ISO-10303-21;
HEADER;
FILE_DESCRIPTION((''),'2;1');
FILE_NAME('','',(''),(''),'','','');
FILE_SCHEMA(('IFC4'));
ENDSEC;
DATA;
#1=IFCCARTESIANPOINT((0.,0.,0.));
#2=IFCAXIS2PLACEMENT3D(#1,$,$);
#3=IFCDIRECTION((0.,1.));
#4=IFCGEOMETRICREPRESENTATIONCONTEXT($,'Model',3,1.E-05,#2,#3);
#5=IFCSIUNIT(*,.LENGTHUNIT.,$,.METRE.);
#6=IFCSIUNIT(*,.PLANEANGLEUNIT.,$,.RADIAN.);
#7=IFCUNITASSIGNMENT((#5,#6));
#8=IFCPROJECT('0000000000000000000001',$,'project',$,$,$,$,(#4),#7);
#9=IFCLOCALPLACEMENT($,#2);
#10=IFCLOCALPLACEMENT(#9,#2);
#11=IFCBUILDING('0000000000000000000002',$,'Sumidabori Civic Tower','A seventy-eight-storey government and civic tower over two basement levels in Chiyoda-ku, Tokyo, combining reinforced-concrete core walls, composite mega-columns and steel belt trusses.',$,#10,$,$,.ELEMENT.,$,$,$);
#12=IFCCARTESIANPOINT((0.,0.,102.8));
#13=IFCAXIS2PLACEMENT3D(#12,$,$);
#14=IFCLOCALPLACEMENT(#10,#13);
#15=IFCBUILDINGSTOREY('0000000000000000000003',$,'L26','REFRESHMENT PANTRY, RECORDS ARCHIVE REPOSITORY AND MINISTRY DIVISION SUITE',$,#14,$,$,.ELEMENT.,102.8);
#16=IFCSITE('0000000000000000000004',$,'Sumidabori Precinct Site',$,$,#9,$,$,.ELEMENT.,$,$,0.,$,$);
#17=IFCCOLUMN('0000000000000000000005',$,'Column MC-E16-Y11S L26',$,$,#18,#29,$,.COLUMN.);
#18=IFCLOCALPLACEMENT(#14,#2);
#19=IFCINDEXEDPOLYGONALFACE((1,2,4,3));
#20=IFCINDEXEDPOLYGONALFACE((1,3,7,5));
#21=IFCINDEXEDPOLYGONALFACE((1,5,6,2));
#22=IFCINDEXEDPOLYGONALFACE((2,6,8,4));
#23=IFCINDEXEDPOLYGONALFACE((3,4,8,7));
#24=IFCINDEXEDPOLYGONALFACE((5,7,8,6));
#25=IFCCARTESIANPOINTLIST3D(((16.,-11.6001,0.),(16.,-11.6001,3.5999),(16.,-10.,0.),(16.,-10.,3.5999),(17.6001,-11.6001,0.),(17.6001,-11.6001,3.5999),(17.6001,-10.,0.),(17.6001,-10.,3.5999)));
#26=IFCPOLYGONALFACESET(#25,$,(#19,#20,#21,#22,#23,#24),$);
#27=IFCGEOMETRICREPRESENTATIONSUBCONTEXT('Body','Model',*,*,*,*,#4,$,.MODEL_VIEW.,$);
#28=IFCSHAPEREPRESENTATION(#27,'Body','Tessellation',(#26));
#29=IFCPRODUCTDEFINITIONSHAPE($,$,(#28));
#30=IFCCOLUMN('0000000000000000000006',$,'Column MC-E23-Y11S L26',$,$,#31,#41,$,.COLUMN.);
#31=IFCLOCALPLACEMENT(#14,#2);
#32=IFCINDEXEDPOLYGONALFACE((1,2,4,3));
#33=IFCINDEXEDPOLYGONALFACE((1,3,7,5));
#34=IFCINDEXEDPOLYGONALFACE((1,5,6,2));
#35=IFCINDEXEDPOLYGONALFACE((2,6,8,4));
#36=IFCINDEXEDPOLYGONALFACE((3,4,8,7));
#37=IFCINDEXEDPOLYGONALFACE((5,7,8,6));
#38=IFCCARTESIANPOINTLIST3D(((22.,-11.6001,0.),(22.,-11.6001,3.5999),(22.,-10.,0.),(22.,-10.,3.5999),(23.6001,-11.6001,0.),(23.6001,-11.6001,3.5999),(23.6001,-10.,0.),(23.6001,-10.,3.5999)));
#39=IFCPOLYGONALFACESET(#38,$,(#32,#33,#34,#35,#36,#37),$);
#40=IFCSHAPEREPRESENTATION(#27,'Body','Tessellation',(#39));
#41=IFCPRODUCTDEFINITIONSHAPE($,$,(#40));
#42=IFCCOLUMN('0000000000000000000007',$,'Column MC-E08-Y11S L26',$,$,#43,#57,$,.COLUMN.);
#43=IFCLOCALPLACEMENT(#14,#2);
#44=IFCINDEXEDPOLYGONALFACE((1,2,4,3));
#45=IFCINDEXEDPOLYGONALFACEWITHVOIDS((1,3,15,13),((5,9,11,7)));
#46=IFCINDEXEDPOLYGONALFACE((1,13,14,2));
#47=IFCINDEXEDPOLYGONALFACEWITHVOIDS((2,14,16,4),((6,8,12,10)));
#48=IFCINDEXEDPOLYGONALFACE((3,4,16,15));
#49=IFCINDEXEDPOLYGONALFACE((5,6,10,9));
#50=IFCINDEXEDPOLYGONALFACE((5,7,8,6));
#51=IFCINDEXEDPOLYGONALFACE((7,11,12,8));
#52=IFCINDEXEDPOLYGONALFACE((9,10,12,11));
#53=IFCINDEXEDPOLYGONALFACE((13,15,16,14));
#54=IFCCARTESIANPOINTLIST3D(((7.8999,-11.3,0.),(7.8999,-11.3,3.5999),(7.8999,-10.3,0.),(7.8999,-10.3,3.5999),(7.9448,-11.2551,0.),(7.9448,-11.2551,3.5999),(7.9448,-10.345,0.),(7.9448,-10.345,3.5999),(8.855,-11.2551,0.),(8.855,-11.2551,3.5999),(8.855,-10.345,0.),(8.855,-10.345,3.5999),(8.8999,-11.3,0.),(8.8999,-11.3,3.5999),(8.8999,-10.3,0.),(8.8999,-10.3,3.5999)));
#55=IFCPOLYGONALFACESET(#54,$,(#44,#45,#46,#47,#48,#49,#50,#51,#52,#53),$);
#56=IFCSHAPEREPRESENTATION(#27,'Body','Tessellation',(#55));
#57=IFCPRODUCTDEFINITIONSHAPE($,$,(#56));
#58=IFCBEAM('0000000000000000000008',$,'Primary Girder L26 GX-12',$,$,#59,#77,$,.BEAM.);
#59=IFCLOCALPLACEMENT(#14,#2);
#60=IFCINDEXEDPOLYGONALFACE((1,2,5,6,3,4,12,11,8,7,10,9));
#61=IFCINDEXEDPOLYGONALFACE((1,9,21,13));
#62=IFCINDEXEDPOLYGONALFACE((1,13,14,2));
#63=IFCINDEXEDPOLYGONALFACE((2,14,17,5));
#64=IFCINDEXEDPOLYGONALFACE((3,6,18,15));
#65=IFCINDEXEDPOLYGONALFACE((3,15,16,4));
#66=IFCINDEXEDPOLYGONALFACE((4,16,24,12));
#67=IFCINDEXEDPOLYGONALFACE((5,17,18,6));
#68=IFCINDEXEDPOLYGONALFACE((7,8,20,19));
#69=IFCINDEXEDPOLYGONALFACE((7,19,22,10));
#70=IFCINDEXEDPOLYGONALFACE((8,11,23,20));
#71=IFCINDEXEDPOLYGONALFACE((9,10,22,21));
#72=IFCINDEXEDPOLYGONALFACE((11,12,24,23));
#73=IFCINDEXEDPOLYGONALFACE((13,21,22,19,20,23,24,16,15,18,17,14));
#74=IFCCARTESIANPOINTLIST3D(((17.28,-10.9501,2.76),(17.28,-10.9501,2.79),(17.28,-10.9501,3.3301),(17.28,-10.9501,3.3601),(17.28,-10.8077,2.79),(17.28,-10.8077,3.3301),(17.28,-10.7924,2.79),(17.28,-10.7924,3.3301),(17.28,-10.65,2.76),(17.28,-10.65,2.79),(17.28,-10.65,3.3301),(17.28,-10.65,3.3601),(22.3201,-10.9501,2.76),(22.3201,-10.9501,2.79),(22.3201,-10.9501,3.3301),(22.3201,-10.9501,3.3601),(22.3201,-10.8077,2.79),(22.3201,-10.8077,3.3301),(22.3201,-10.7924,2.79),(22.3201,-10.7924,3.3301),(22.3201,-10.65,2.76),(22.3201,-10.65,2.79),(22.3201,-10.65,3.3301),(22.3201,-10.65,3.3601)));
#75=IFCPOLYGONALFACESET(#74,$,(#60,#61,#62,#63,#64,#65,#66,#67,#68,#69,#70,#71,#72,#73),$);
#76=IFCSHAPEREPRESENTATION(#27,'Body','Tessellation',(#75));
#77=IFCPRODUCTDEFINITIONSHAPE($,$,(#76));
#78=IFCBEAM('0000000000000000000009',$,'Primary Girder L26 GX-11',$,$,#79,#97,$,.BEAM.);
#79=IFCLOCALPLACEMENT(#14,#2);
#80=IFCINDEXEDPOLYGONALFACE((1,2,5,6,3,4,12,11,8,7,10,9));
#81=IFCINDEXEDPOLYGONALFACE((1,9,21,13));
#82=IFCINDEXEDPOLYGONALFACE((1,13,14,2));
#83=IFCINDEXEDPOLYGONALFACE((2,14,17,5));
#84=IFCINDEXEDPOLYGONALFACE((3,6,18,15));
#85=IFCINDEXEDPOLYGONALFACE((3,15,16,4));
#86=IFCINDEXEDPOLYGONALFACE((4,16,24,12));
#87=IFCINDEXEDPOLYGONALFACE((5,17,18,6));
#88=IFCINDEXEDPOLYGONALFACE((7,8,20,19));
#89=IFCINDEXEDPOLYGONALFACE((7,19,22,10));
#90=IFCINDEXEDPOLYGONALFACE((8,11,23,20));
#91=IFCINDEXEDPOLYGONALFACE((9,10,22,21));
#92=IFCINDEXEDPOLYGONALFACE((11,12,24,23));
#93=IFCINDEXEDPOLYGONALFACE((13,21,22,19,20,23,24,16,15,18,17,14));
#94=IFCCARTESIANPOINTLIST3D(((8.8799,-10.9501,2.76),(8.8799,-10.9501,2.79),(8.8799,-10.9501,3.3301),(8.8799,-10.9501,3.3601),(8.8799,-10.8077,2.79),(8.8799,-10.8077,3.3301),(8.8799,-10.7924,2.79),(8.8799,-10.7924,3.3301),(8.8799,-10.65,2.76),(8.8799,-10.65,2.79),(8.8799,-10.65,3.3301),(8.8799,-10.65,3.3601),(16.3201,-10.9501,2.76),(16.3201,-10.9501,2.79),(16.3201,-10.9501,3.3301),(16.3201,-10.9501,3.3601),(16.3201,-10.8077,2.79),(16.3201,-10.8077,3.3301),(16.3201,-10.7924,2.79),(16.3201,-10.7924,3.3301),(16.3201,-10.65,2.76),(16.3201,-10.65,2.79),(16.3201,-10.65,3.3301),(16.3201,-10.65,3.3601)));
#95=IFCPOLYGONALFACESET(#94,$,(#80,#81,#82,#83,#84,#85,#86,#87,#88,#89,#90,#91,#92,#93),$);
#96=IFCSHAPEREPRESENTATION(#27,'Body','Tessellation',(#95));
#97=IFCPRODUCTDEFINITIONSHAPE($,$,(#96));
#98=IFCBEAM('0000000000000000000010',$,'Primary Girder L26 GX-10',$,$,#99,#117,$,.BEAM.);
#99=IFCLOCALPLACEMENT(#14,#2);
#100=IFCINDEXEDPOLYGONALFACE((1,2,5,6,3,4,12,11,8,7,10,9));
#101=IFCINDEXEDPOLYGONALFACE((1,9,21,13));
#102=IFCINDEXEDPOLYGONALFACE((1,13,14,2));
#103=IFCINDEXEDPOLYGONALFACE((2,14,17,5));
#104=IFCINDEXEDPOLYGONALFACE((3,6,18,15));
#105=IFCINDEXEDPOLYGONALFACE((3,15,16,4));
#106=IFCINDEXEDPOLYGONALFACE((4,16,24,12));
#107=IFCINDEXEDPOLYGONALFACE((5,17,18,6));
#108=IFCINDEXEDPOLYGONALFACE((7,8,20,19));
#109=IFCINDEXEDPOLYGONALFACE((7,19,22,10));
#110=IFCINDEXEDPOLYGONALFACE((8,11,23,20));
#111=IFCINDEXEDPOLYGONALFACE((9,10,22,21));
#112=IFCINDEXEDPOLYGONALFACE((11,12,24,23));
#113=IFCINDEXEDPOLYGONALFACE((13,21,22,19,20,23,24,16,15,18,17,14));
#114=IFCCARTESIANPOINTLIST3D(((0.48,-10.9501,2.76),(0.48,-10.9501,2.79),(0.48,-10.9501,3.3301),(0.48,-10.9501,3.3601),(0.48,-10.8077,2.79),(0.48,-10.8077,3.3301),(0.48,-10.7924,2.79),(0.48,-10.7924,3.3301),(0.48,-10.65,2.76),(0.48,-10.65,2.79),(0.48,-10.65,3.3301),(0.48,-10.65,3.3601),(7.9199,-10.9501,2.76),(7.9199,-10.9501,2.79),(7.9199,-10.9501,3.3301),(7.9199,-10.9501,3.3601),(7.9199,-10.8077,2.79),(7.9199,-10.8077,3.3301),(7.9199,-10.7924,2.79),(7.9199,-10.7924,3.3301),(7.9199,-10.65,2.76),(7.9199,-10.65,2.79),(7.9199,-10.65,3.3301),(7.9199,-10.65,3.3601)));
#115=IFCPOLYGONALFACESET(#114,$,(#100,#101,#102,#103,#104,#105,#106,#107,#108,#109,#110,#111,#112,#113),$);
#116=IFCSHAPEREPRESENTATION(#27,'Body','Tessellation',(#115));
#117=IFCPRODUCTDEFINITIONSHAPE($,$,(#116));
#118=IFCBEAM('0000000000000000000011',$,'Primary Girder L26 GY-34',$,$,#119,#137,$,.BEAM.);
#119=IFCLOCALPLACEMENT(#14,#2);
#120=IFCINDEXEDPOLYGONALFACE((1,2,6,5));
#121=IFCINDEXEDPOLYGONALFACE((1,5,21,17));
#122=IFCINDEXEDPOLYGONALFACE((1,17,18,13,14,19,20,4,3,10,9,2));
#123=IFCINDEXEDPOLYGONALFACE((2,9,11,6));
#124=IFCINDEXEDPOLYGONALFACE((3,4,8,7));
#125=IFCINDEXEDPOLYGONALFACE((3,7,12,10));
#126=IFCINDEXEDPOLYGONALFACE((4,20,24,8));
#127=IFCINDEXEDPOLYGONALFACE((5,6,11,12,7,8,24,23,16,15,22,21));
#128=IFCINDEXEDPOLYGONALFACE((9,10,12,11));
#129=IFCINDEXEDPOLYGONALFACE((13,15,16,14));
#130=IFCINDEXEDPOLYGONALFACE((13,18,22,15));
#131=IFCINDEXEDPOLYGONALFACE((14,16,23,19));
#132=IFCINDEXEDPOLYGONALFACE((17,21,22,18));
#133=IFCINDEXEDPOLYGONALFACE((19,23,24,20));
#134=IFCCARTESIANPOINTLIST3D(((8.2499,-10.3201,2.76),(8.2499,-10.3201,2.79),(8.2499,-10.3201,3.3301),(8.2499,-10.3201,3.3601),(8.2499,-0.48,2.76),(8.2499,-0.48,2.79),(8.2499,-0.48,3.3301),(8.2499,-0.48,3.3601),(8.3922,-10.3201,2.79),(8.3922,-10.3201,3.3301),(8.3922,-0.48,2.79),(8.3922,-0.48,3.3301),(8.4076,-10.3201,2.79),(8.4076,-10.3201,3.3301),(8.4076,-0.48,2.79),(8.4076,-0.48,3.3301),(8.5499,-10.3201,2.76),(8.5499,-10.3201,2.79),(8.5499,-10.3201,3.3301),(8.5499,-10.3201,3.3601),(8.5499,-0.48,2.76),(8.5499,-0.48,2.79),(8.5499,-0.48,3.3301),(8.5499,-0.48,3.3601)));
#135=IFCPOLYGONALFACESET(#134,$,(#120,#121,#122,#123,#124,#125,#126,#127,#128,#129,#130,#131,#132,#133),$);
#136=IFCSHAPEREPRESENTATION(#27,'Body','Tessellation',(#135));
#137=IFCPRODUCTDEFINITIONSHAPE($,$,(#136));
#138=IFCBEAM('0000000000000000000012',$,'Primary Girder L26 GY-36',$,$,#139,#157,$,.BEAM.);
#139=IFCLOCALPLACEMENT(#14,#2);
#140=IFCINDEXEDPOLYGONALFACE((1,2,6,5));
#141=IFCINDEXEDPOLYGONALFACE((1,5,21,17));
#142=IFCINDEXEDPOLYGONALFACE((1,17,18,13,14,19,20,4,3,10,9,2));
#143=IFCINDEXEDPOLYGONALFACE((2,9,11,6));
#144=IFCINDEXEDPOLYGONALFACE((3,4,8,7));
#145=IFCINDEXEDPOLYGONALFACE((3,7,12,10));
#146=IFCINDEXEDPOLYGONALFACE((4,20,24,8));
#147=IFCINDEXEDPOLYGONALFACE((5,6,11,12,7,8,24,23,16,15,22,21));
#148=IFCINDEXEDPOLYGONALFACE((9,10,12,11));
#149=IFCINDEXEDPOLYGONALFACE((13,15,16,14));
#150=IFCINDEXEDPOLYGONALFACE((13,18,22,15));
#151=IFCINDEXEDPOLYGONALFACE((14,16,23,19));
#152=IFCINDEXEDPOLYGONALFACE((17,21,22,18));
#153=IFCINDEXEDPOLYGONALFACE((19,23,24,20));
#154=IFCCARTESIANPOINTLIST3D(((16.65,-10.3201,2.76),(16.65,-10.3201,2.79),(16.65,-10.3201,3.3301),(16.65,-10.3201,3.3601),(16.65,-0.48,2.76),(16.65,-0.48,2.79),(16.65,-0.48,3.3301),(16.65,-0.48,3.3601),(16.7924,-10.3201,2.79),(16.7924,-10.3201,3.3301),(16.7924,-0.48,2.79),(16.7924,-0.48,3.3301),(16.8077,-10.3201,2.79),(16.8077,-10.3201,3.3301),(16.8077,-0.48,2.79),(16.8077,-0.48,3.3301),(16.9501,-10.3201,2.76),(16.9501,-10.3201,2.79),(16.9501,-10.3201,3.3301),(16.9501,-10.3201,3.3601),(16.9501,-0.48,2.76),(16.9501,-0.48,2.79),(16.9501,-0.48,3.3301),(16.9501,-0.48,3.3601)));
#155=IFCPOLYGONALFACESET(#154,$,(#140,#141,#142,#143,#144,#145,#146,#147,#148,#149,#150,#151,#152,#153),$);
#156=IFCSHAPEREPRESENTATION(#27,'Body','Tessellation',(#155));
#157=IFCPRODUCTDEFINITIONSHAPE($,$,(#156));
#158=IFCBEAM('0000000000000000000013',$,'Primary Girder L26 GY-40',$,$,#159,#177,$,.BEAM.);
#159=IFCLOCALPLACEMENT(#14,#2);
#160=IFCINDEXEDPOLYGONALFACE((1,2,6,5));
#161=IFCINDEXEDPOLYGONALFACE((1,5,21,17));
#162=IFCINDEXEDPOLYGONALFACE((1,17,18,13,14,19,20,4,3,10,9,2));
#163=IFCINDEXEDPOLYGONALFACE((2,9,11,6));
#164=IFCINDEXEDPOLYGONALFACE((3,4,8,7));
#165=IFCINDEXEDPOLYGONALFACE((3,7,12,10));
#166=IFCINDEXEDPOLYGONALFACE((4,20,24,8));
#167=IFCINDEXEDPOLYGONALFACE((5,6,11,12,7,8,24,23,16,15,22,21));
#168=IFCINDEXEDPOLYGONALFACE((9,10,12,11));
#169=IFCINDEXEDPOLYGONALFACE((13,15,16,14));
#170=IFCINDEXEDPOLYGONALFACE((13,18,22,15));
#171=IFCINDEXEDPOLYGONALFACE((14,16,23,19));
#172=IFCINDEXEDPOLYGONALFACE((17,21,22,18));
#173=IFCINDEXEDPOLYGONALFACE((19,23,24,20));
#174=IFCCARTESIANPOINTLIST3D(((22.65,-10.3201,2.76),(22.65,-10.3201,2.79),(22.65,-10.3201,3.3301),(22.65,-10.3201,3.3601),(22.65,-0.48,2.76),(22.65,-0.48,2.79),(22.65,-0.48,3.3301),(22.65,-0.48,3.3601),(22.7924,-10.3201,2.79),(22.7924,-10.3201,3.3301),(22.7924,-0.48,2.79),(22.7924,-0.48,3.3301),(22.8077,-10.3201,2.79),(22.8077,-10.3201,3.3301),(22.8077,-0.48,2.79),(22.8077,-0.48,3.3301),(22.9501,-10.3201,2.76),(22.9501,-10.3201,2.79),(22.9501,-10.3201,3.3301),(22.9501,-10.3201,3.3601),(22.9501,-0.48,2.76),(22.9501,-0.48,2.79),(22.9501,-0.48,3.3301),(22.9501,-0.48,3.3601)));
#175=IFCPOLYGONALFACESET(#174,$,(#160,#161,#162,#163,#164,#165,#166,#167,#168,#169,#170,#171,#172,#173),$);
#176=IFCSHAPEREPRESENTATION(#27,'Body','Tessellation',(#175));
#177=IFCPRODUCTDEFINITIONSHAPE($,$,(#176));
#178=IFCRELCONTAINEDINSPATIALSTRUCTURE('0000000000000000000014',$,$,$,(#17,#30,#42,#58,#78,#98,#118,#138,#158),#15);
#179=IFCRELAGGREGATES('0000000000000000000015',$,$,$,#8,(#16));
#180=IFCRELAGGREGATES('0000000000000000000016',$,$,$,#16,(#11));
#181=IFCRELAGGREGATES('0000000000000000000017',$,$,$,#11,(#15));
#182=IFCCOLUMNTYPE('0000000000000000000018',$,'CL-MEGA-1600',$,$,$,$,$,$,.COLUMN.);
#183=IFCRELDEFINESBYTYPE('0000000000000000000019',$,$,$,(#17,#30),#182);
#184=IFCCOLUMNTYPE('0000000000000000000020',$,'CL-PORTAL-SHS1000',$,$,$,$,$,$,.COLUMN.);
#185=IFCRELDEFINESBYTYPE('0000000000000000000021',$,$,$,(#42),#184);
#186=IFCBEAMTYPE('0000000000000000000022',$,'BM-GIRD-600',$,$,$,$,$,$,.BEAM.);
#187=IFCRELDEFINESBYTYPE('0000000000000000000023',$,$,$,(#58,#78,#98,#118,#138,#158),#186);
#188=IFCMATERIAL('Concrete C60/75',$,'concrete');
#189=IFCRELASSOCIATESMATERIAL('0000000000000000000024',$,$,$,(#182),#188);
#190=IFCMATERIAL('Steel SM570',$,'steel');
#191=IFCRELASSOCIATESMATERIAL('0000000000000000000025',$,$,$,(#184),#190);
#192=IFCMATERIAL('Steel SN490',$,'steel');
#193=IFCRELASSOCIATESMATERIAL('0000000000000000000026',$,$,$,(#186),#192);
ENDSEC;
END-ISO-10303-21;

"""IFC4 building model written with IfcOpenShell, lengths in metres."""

from ifc_helpers import new_model, si_unit, direction, frame, origin, origin_2d, place, context, subcontext, project, spatial, rectangle, hollow_rectangle, i_section, extrude, source, transform, mapped, material, material_profile, profile_set, type_object, element, save


model = new_model("IFC4")

# Units and contexts
model_context = context("Model", 3, precision=1e-05, world=origin(), true_north=direction((0.0, 1.0)))
body_context = subcontext(model_context, "Body", "Model", "MODEL_VIEW")
ifc_project = project(units=[si_unit("LENGTHUNIT", "METRE"), si_unit("PLANEANGLEUNIT", "RADIAN")], contexts=[model_context])

# Site, building, storey
site_placement = place(None, origin())
site = spatial("IfcSite", under=ifc_project, at=site_placement, Name="Sumidabori Precinct Site", CompositionType="ELEMENT", RefElevation=0.0)
building_placement = place(site_placement, origin())
building = spatial("IfcBuilding", under=site, at=building_placement, Name="Sumidabori Civic Tower", Description="A seventy-eight-storey government and civic tower over two basement levels in Chiyoda-ku, Tokyo, combining reinforced-concrete core walls, composite mega-columns and steel belt trusses.", CompositionType="ELEMENT")
storey_placement = place(building_placement, frame((0.0, 0.0, 102.8)))
storey = spatial("IfcBuildingStorey", under=building, at=storey_placement, Name="L26", Description="REFRESHMENT PANTRY, RECORDS ARCHIVE REPOSITORY AND MINISTRY DIVISION SUITE", CompositionType="ELEMENT", Elevation=102.8)

# Columns
ifc_material_1 = material(Name="Concrete C60/75", Category="concrete")
ifc_material_profile_1 = material_profile(ifc_material_1, rectangle(XDim=1.6001, YDim=1.6001, at=origin_2d()), Name="RC 1600x1600")
ifc_profile_set_1 = profile_set([ifc_material_profile_1], Name="Concrete C60/75")
column_type_1 = type_object("IfcColumnType", Name="CL-MEGA-1600", PredefinedType="COLUMN", material=ifc_profile_set_1)
shared_shape_1 = source(origin(), body_context, "Body", "SweptSolid", [
    extrude(rectangle(XDim=1.6001, YDim=1.6001, at=origin_2d()), origin(), (0.0, 0.0, 1.0), 3.5999),
])
for number, where, z_axis, x_axis, name in (
    (1, (16.8, -10.8, 0.0), (0.0, 0.0, 1.0), (1.0, 0.0, 0.0), "Column MC-E16-Y11S L26"),
    (2, (22.8, -10.8, 0.0), (0.0, 0.0, 1.0), (1.0, 0.0, 0.0), "Column MC-E23-Y11S L26"),
):
    element("IfcColumn", number, at=place(storey_placement, frame(where, z_axis=z_axis, x_axis=x_axis)), inside=storey, type_object=column_type_1, Name=name, PredefinedType="COLUMN", context=body_context, shape_type="MappedRepresentation", body=[
        mapped(shared_shape_1, transform((0.0, 0.0, 0.0), x_axis=(1.0, 0.0, 0.0), y_axis=(0.0, 1.0, 0.0), z_axis=(0.0, 0.0, 1.0), scale=1.0)),
    ])
ifc_material_2 = material(Name="Steel SM570", Category="steel")
ifc_material_profile_2 = material_profile(ifc_material_2, hollow_rectangle(XDim=1.0, YDim=1.0, WallThickness=0.0449, at=origin_2d()), Name="SHS 1000x1000x45")
ifc_profile_set_2 = profile_set([ifc_material_profile_2], Name="Steel SM570")
column_type_2 = type_object("IfcColumnType", Name="CL-PORTAL-SHS1000", PredefinedType="COLUMN", material=ifc_profile_set_2)
shared_shape_2 = source(origin(), body_context, "Body", "SweptSolid", [
    extrude(hollow_rectangle(XDim=1.0, YDim=1.0, WallThickness=0.0449, at=origin_2d()), origin(), (0.0, 0.0, 1.0), 3.5999),
])
column_placement = place(storey_placement, frame((8.3999, -10.8, 0.0), z_axis=(0.0, 0.0, 1.0), x_axis=(1.0, 0.0, 0.0)))
element("IfcColumn", 3, at=column_placement, inside=storey, type_object=column_type_2, Name="Column MC-E08-Y11S L26", PredefinedType="COLUMN", context=body_context, shape_type="MappedRepresentation", body=[
    mapped(shared_shape_2, transform((0.0, 0.0, 0.0), x_axis=(1.0, 0.0, 0.0), y_axis=(0.0, 1.0, 0.0), z_axis=(0.0, 0.0, 1.0), scale=1.0)),
])

# Beams
ifc_material_3 = material(Name="Steel SN490", Category="steel")
ifc_material_profile_3 = material_profile(ifc_material_3, i_section(OverallWidth=0.3, OverallDepth=0.6001, WebThickness=0.0154, FlangeThickness=0.03, at=origin_2d()), Name="HE 600 B")
ifc_profile_set_3 = profile_set([ifc_material_profile_3], Name="Steel SN490")
beam_type_1 = type_object("IfcBeamType", Name="BM-GIRD-600", PredefinedType="BEAM", material=ifc_profile_set_3)
shared_shape_3 = source(origin(), body_context, "Body", "SweptSolid", [
    extrude(i_section(OverallWidth=0.3, OverallDepth=0.6001, WebThickness=0.0154, FlangeThickness=0.03, at=origin_2d()), origin(), (0.0, 0.0, 1.0), 5.04),
])
beam_1_placement = place(storey_placement, frame((17.28, -10.8, 3.0601), z_axis=(1.0, 0.0, 0.0), x_axis=(0.0, 1.0, 0.0)))
element("IfcBeam", 4, at=beam_1_placement, inside=storey, type_object=beam_type_1, Name="Primary Girder L26 GX-12", PredefinedType="BEAM", context=body_context, shape_type="MappedRepresentation", body=[
    mapped(shared_shape_3, transform((0.0, 0.0, 0.0), x_axis=(1.0, 0.0, 0.0), y_axis=(0.0, 1.0, 0.0), z_axis=(0.0, 0.0, 1.0), scale=1.0)),
])
shared_shape_4 = source(origin(), body_context, "Body", "SweptSolid", [
    extrude(i_section(OverallWidth=0.3, OverallDepth=0.6001, WebThickness=0.0154, FlangeThickness=0.03, at=origin_2d()), origin(), (0.0, 0.0, 1.0), 7.4402),
])
beam_2_placement = place(storey_placement, frame((8.8799, -10.8, 3.0601), z_axis=(1.0, 0.0, 0.0), x_axis=(0.0, 1.0, 0.0)))
element("IfcBeam", 5, at=beam_2_placement, inside=storey, type_object=beam_type_1, Name="Primary Girder L26 GX-11", PredefinedType="BEAM", context=body_context, shape_type="MappedRepresentation", body=[
    mapped(shared_shape_4, transform((0.0, 0.0, 0.0), x_axis=(1.0, 0.0, 0.0), y_axis=(0.0, 1.0, 0.0), z_axis=(0.0, 0.0, 1.0), scale=1.0)),
])
shared_shape_5 = source(origin(), body_context, "Body", "SweptSolid", [
    extrude(i_section(OverallWidth=0.3, OverallDepth=0.6001, WebThickness=0.0154, FlangeThickness=0.03, at=origin_2d()), origin(), (0.0, 0.0, 1.0), 7.4399),
])
beam_3_placement = place(storey_placement, frame((0.48, -10.8, 3.0601), z_axis=(1.0, 0.0, 0.0), x_axis=(0.0, 1.0, 0.0)))
element("IfcBeam", 6, at=beam_3_placement, inside=storey, type_object=beam_type_1, Name="Primary Girder L26 GX-10", PredefinedType="BEAM", context=body_context, shape_type="MappedRepresentation", body=[
    mapped(shared_shape_5, transform((0.0, 0.0, 0.0), x_axis=(1.0, 0.0, 0.0), y_axis=(0.0, 1.0, 0.0), z_axis=(0.0, 0.0, 1.0), scale=1.0)),
])
shared_shape_6 = source(origin(), body_context, "Body", "SweptSolid", [
    extrude(i_section(OverallWidth=0.3, OverallDepth=0.6001, WebThickness=0.0154, FlangeThickness=0.03, at=origin_2d()), origin(), (0.0, 0.0, 1.0), 9.8401),
])
for number, where, z_axis, x_axis, name in (
    (7, (8.3999, -10.3201, 3.0601), (0.0, 1.0, 0.0), (-1.0, 0.0, 0.0), "Primary Girder L26 GY-34"),
    (8, (16.8, -10.3201, 3.0601), (0.0, 1.0, 0.0), (-1.0, 0.0, 0.0), "Primary Girder L26 GY-36"),
    (9, (22.8, -10.3201, 3.0601), (0.0, 1.0, 0.0), (-1.0, 0.0, 0.0), "Primary Girder L26 GY-40"),
):
    element("IfcBeam", number, at=place(storey_placement, frame(where, z_axis=z_axis, x_axis=x_axis)), inside=storey, type_object=beam_type_1, Name=name, PredefinedType="BEAM", context=body_context, shape_type="MappedRepresentation", body=[
        mapped(shared_shape_6, transform((0.0, 0.0, 0.0), x_axis=(1.0, 0.0, 0.0), y_axis=(0.0, 1.0, 0.0), z_axis=(0.0, 0.0, 1.0), scale=1.0)),
    ])

save(model, "model.ifc")
